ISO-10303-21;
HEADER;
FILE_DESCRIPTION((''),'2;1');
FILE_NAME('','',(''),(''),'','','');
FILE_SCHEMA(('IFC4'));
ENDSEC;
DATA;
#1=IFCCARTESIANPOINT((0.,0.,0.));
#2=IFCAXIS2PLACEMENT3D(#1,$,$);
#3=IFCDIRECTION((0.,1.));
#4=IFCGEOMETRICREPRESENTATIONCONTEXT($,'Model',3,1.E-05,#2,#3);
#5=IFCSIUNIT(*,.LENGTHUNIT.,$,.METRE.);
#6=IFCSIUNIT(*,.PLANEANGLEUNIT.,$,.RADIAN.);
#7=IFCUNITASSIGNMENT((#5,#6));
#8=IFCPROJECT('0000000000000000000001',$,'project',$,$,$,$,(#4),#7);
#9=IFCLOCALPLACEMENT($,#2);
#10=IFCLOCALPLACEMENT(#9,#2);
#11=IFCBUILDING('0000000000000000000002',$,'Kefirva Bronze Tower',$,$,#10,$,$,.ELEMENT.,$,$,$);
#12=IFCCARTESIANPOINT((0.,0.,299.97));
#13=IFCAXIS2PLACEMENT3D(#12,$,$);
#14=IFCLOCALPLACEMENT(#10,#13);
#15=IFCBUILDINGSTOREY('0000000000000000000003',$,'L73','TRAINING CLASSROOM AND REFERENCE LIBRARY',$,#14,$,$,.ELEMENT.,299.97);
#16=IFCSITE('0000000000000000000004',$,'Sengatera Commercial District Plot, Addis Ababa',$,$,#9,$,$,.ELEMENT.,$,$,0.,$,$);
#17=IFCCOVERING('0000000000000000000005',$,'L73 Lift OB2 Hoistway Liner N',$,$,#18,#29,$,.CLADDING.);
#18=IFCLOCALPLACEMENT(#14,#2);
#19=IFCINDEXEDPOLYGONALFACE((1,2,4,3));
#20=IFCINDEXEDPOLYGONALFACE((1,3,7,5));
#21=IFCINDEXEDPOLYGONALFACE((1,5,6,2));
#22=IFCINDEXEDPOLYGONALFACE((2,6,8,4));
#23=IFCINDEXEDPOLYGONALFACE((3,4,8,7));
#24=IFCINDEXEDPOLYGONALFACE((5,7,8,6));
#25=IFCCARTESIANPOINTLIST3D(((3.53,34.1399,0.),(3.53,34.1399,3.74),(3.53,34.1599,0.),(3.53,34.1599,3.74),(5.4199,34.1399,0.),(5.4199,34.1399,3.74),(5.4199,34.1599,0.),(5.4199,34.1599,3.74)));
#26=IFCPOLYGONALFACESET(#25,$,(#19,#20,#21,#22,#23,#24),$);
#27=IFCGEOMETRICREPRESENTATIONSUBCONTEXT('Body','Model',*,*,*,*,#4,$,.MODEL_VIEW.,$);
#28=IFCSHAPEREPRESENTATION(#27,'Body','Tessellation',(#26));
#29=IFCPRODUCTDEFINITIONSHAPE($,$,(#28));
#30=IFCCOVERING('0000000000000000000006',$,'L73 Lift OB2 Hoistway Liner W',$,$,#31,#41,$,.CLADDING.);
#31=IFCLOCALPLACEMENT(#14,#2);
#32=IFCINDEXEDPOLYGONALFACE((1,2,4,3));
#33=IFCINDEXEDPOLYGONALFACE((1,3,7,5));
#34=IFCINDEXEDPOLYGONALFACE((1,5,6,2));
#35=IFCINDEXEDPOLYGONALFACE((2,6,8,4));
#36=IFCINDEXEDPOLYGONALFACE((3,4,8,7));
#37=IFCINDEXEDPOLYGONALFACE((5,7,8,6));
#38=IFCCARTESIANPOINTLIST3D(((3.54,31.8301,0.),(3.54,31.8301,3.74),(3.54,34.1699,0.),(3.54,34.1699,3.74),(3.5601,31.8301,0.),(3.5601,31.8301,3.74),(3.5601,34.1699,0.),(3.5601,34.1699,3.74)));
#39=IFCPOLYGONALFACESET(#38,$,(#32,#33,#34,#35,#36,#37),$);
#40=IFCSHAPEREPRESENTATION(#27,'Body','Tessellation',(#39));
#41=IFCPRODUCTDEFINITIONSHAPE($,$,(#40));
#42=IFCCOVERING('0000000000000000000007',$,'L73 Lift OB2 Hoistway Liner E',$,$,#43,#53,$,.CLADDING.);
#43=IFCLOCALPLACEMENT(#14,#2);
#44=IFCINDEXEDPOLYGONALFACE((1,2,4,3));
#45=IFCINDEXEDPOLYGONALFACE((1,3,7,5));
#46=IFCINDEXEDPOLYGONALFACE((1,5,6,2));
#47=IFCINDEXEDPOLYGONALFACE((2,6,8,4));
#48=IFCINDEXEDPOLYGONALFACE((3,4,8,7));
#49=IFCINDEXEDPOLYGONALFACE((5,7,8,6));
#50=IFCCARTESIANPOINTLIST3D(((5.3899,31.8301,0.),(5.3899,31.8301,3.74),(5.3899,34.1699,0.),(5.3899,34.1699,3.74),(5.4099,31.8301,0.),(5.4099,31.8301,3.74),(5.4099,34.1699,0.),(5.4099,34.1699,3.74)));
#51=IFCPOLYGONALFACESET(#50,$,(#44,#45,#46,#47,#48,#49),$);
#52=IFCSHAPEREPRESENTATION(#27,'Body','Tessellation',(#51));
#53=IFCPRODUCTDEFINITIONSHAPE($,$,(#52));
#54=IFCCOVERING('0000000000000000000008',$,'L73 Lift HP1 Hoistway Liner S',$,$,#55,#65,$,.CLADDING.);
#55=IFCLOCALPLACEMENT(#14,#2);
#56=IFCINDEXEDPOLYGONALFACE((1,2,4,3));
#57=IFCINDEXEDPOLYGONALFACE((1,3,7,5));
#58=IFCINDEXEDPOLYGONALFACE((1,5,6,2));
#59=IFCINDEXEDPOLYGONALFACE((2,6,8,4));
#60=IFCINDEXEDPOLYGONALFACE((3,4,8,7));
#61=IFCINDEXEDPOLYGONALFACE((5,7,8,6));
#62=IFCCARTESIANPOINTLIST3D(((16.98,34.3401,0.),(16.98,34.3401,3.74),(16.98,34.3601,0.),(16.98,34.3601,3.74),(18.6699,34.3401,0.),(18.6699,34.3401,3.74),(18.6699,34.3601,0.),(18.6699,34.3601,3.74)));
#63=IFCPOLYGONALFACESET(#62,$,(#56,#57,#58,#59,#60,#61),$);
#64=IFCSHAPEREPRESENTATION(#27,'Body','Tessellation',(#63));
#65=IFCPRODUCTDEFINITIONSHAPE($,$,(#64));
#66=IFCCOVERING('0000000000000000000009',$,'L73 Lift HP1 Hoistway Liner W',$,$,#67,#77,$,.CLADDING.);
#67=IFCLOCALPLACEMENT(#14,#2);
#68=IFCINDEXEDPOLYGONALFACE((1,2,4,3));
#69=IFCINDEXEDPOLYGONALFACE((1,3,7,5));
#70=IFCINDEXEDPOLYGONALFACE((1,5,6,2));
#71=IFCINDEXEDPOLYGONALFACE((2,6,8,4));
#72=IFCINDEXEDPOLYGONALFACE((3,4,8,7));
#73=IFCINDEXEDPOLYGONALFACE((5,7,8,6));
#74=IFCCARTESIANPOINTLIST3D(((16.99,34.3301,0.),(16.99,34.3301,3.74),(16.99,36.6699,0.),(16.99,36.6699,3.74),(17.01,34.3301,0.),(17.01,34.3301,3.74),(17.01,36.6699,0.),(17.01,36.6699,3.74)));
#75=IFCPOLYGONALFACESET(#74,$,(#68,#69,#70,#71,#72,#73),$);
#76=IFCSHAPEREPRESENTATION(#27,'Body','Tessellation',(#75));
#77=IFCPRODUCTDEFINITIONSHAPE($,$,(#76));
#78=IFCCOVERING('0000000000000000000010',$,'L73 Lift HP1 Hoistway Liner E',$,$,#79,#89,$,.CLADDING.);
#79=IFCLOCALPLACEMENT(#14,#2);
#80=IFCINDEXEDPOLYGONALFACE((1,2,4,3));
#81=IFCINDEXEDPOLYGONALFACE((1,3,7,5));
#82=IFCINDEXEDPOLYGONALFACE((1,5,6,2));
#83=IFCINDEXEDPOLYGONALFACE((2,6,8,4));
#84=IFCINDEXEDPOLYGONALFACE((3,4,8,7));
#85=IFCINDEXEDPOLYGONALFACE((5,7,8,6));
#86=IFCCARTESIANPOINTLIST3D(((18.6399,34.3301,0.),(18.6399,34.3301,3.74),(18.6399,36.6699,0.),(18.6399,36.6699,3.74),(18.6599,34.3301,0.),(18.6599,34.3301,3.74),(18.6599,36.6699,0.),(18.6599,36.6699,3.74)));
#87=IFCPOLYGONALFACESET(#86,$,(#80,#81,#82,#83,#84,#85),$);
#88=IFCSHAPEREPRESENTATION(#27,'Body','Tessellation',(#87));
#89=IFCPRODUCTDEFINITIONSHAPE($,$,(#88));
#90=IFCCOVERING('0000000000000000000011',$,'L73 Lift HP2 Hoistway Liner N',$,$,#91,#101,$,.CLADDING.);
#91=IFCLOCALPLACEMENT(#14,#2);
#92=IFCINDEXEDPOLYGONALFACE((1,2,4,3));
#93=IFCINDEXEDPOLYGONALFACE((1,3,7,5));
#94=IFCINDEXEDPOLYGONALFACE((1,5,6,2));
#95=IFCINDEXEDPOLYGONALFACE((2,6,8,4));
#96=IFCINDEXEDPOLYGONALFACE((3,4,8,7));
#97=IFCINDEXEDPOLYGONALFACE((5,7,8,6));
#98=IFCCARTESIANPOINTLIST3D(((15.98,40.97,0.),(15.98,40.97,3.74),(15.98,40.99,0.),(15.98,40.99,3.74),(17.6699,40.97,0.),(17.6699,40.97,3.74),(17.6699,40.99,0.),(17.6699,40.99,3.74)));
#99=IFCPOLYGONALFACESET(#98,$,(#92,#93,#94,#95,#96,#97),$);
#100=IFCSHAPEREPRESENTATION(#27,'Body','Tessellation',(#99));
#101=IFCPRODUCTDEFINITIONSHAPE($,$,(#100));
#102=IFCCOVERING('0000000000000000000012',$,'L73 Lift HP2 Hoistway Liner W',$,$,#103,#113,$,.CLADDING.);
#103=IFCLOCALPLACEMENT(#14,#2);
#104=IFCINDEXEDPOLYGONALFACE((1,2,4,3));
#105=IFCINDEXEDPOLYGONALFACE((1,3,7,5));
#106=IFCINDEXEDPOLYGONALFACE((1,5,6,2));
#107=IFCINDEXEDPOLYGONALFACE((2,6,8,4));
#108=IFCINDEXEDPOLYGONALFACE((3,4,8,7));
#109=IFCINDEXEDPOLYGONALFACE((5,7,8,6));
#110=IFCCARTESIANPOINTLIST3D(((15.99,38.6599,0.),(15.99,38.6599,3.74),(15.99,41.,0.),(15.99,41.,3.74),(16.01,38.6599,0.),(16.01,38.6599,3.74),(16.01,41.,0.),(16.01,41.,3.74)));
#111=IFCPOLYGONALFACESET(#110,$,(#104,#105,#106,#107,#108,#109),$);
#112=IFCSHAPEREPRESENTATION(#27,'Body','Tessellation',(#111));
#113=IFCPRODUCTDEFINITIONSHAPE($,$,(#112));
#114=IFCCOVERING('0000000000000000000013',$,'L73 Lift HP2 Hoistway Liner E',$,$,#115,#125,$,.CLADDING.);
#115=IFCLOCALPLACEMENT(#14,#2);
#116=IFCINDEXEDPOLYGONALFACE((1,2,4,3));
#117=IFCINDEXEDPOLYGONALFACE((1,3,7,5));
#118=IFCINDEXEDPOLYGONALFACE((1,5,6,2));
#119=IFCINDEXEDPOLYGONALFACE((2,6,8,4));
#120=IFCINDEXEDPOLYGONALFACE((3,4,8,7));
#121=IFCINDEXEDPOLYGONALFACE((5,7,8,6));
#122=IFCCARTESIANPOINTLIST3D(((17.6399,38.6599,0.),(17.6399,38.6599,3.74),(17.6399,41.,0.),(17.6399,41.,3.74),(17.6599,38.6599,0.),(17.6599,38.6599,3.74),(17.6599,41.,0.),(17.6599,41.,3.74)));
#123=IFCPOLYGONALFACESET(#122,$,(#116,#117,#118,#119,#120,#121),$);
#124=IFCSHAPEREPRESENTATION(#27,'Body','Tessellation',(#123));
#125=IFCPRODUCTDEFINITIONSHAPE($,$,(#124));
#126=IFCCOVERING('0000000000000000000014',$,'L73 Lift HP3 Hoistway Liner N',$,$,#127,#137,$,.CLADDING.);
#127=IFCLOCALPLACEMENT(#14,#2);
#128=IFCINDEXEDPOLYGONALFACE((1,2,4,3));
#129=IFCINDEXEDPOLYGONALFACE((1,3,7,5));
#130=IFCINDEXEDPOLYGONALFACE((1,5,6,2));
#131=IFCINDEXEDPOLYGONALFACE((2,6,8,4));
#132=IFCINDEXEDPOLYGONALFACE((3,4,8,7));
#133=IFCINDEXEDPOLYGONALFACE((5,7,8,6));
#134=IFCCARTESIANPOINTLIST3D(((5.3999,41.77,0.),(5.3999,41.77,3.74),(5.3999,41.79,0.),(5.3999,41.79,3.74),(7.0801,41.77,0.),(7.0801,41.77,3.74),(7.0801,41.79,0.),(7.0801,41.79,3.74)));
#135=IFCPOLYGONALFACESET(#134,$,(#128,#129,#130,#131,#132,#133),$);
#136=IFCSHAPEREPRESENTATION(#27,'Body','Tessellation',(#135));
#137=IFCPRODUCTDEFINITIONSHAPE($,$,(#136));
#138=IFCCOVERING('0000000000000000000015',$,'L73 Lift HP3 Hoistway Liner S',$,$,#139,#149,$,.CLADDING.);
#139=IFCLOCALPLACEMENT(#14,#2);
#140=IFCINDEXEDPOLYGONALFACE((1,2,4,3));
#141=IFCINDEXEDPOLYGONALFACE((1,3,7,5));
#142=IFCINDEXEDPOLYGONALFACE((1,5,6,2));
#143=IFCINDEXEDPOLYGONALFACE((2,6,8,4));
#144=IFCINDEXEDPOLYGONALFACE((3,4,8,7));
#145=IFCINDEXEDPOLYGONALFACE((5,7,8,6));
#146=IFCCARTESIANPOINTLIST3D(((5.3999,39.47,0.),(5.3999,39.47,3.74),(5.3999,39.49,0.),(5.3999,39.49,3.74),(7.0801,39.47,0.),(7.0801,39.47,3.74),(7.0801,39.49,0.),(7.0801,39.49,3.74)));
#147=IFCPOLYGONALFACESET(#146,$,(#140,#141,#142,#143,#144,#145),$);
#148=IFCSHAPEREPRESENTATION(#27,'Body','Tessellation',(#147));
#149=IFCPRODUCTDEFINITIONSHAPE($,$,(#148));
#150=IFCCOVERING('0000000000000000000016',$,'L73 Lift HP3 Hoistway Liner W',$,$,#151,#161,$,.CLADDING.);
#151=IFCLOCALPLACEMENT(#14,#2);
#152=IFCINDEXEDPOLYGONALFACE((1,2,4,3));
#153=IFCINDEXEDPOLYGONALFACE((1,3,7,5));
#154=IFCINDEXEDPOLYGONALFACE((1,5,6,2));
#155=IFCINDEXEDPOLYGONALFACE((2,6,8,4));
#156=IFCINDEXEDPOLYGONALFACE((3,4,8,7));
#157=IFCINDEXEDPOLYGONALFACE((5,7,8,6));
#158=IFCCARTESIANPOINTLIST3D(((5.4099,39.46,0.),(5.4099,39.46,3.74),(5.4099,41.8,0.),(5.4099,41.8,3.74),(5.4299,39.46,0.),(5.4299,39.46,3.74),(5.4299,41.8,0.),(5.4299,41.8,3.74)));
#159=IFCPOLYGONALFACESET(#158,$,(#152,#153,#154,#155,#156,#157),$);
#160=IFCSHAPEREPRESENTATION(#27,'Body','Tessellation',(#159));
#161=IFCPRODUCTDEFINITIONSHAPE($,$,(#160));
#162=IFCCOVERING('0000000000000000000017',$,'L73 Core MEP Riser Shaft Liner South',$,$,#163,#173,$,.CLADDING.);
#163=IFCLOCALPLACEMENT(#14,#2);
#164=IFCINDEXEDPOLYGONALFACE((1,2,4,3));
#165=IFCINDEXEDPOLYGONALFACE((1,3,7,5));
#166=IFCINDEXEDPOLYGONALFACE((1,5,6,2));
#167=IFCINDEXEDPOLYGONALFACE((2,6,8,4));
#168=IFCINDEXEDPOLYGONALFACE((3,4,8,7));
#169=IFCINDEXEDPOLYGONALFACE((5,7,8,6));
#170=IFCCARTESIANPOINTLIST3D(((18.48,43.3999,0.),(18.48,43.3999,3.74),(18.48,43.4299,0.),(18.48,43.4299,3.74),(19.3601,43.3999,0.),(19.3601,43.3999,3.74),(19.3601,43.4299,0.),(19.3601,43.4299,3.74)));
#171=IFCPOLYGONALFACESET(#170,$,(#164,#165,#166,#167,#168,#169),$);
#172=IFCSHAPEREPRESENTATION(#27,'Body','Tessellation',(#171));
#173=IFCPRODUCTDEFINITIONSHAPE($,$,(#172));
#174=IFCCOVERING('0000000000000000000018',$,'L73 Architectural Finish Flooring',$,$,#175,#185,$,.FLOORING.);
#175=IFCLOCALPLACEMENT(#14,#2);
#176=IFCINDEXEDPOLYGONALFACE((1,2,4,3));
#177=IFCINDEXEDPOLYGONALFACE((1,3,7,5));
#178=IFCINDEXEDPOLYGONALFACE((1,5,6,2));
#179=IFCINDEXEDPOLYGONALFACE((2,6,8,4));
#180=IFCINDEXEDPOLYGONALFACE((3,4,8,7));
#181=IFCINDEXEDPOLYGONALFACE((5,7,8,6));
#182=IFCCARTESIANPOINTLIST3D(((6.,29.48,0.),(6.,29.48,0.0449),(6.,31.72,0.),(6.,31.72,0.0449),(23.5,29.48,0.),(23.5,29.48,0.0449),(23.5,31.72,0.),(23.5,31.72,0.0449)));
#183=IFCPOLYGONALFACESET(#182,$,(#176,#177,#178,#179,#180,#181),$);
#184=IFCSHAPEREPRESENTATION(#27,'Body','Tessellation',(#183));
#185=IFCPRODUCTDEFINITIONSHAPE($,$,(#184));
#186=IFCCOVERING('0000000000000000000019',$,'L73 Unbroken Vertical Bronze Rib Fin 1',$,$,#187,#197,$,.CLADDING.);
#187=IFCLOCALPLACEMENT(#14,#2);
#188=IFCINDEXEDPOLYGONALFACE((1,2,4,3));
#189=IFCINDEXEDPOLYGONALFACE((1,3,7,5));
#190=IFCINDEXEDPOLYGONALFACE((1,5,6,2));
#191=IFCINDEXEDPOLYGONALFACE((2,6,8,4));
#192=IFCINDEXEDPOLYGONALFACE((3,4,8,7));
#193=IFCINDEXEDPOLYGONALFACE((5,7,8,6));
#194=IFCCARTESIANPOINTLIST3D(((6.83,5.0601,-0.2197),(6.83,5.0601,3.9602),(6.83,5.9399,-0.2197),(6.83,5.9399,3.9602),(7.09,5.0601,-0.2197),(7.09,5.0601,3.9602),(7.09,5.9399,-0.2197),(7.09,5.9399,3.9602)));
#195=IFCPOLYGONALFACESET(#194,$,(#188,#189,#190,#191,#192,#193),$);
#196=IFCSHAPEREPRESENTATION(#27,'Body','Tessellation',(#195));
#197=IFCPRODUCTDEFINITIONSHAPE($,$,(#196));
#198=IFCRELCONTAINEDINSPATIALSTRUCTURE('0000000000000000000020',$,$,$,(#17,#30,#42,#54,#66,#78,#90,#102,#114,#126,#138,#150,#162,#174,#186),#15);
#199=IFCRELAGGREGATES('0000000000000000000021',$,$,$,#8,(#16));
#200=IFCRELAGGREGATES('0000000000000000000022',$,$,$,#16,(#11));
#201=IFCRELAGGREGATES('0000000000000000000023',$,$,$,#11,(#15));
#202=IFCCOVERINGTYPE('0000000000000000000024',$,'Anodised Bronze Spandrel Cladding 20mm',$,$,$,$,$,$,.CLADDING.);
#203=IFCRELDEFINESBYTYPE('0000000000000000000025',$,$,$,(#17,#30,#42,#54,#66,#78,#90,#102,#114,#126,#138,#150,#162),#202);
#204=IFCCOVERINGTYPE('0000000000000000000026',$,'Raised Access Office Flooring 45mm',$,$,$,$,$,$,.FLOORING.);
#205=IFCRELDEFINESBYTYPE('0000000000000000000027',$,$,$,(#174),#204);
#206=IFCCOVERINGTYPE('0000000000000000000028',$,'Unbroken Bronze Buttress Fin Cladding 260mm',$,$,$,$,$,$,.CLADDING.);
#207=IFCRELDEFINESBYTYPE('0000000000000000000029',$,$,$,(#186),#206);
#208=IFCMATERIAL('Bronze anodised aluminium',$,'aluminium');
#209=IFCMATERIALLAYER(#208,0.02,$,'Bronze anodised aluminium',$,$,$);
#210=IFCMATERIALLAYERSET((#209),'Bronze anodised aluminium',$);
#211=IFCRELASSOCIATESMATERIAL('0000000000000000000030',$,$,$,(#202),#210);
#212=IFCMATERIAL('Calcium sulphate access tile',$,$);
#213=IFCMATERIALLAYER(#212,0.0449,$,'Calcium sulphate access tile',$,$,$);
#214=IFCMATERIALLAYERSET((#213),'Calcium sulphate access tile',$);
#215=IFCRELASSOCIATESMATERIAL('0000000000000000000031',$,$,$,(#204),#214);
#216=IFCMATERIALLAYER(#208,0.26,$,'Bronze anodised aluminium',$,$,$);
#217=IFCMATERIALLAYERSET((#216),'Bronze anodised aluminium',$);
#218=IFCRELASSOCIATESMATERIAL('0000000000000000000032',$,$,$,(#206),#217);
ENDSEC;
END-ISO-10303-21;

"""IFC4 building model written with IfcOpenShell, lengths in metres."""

from ifc_helpers import new_model, si_unit, direction, frame, origin, origin_2d, place, context, subcontext, project, spatial, polyline, rectangle, outline, extrude, material, layer, layer_set, type_object, element, save


model = new_model("IFC4")

# Units and contexts
model_context = context("Model", 3, precision=1e-05, world=origin(), true_north=direction((0.0, 1.0)))
body_context = subcontext(model_context, "Body", "Model", "MODEL_VIEW")
ifc_project = project(units=[si_unit("LENGTHUNIT", "METRE"), si_unit("PLANEANGLEUNIT", "RADIAN")], contexts=[model_context])

# Site, building, storey
site_placement = place(None, origin())
site = spatial("IfcSite", under=ifc_project, at=site_placement, Name="Sengatera Commercial District Plot, Addis Ababa", CompositionType="ELEMENT", RefElevation=0.0)
building_placement = place(site_placement, origin())
building = spatial("IfcBuilding", under=site, at=building_placement, Name="Kefirva Bronze Tower", CompositionType="ELEMENT")
storey_placement = place(building_placement, frame((0.0, 0.0, 299.97)))
storey = spatial("IfcBuildingStorey", under=building, at=storey_placement, Name="L73", Description="TRAINING CLASSROOM AND REFERENCE LIBRARY", CompositionType="ELEMENT", Elevation=299.97)

# Shared definitions
ifc_material_1 = material(Name="Bronze anodised aluminium", Category="aluminium")

# Coverings
ifc_layer_1 = layer(ifc_material_1, 0.02, Name="Bronze anodised aluminium")
ifc_layer_set_1 = layer_set([ifc_layer_1], Name="Bronze anodised aluminium")
covering_type_1 = type_object("IfcCoveringType", Name="Anodised Bronze Spandrel Cladding 20mm", PredefinedType="CLADDING", material=ifc_layer_set_1)
covering_1_placement = place(storey_placement, origin())
element("IfcCovering", 1, at=covering_1_placement, inside=storey, type_object=covering_type_1, Name="L73 Lift OB2 Hoistway Liner N", PredefinedType="CLADDING", context=body_context, shape_type="SweptSolid", body=[
    extrude(outline(polyline([(3.53, 34.1399), (5.4199, 34.1399), (5.4199, 34.1599), (3.53, 34.1599), (3.53, 34.1399)])), origin(), (0.0, 0.0, 1.0), 3.74),
])
covering_2_placement = place(storey_placement, origin())
element("IfcCovering", 2, at=covering_2_placement, inside=storey, type_object=covering_type_1, Name="L73 Lift OB2 Hoistway Liner W", PredefinedType="CLADDING", context=body_context, shape_type="SweptSolid", body=[
    extrude(outline(polyline([(3.54, 31.8301), (3.5601, 31.8301), (3.5601, 34.1699), (3.54, 34.1699), (3.54, 31.8301)])), origin(), (0.0, 0.0, 1.0), 3.74),
])
covering_3_placement = place(storey_placement, origin())
element("IfcCovering", 3, at=covering_3_placement, inside=storey, type_object=covering_type_1, Name="L73 Lift OB2 Hoistway Liner E", PredefinedType="CLADDING", context=body_context, shape_type="SweptSolid", body=[
    extrude(outline(polyline([(5.3899, 31.8301), (5.4099, 31.8301), (5.4099, 34.1699), (5.3899, 34.1699), (5.3899, 31.8301)])), origin(), (0.0, 0.0, 1.0), 3.74),
])
covering_4_placement = place(storey_placement, origin())
element("IfcCovering", 4, at=covering_4_placement, inside=storey, type_object=covering_type_1, Name="L73 Lift HP1 Hoistway Liner S", PredefinedType="CLADDING", context=body_context, shape_type="SweptSolid", body=[
    extrude(outline(polyline([(16.98, 34.3401), (18.6699, 34.3401), (18.6699, 34.3601), (16.98, 34.3601), (16.98, 34.3401)])), origin(), (0.0, 0.0, 1.0), 3.74),
])
covering_5_placement = place(storey_placement, origin())
element("IfcCovering", 5, at=covering_5_placement, inside=storey, type_object=covering_type_1, Name="L73 Lift HP1 Hoistway Liner W", PredefinedType="CLADDING", context=body_context, shape_type="SweptSolid", body=[
    extrude(outline(polyline([(16.99, 34.3301), (17.01, 34.3301), (17.01, 36.6699), (16.99, 36.6699), (16.99, 34.3301)])), origin(), (0.0, 0.0, 1.0), 3.74),
])
covering_6_placement = place(storey_placement, origin())
element("IfcCovering", 6, at=covering_6_placement, inside=storey, type_object=covering_type_1, Name="L73 Lift HP1 Hoistway Liner E", PredefinedType="CLADDING", context=body_context, shape_type="SweptSolid", body=[
    extrude(outline(polyline([(18.6399, 34.3301), (18.6599, 34.3301), (18.6599, 36.6699), (18.6399, 36.6699), (18.6399, 34.3301)])), origin(), (0.0, 0.0, 1.0), 3.74),
])
covering_7_placement = place(storey_placement, origin())
element("IfcCovering", 7, at=covering_7_placement, inside=storey, type_object=covering_type_1, Name="L73 Lift HP2 Hoistway Liner N", PredefinedType="CLADDING", context=body_context, shape_type="SweptSolid", body=[
    extrude(outline(polyline([(15.98, 40.97), (17.6699, 40.97), (17.6699, 40.99), (15.98, 40.99), (15.98, 40.97)])), origin(), (0.0, 0.0, 1.0), 3.74),
])
covering_8_placement = place(storey_placement, origin())
element("IfcCovering", 8, at=covering_8_placement, inside=storey, type_object=covering_type_1, Name="L73 Lift HP2 Hoistway Liner W", PredefinedType="CLADDING", context=body_context, shape_type="SweptSolid", body=[
    extrude(outline(polyline([(15.99, 38.6599), (16.01, 38.6599), (16.01, 41.0), (15.99, 41.0), (15.99, 38.6599)])), origin(), (0.0, 0.0, 1.0), 3.74),
])
covering_9_placement = place(storey_placement, origin())
element("IfcCovering", 9, at=covering_9_placement, inside=storey, type_object=covering_type_1, Name="L73 Lift HP2 Hoistway Liner E", PredefinedType="CLADDING", context=body_context, shape_type="SweptSolid", body=[
    extrude(outline(polyline([(17.6399, 38.6599), (17.6599, 38.6599), (17.6599, 41.0), (17.6399, 41.0), (17.6399, 38.6599)])), origin(), (0.0, 0.0, 1.0), 3.74),
])
covering_10_placement = place(storey_placement, origin())
element("IfcCovering", 10, at=covering_10_placement, inside=storey, type_object=covering_type_1, Name="L73 Lift HP3 Hoistway Liner N", PredefinedType="CLADDING", context=body_context, shape_type="SweptSolid", body=[
    extrude(outline(polyline([(5.3999, 41.77), (7.0801, 41.77), (7.0801, 41.79), (5.3999, 41.79), (5.3999, 41.77)])), origin(), (0.0, 0.0, 1.0), 3.74),
])
covering_11_placement = place(storey_placement, origin())
element("IfcCovering", 11, at=covering_11_placement, inside=storey, type_object=covering_type_1, Name="L73 Lift HP3 Hoistway Liner S", PredefinedType="CLADDING", context=body_context, shape_type="SweptSolid", body=[
    extrude(outline(polyline([(5.3999, 39.47), (7.0801, 39.47), (7.0801, 39.49), (5.3999, 39.49), (5.3999, 39.47)])), origin(), (0.0, 0.0, 1.0), 3.74),
])
covering_12_placement = place(storey_placement, origin())
element("IfcCovering", 12, at=covering_12_placement, inside=storey, type_object=covering_type_1, Name="L73 Lift HP3 Hoistway Liner W", PredefinedType="CLADDING", context=body_context, shape_type="SweptSolid", body=[
    extrude(outline(polyline([(5.4099, 39.46), (5.4299, 39.46), (5.4299, 41.8), (5.4099, 41.8), (5.4099, 39.46)])), origin(), (0.0, 0.0, 1.0), 3.74),
])
covering_13_placement = place(storey_placement, origin())
element("IfcCovering", 13, at=covering_13_placement, inside=storey, type_object=covering_type_1, Name="L73 Core MEP Riser Shaft Liner South", PredefinedType="CLADDING", context=body_context, shape_type="SweptSolid", body=[
    extrude(outline(polyline([(18.48, 43.3999), (19.3601, 43.3999), (19.3601, 43.4299), (18.48, 43.4299), (18.48, 43.3999)])), origin(), (0.0, 0.0, 1.0), 3.74),
])
ifc_material_2 = material(Name="Calcium sulphate access tile")
ifc_layer_2 = layer(ifc_material_2, 0.0449, Name="Calcium sulphate access tile")
ifc_layer_set_2 = layer_set([ifc_layer_2], Name="Calcium sulphate access tile")
covering_type_2 = type_object("IfcCoveringType", Name="Raised Access Office Flooring 45mm", PredefinedType="FLOORING", material=ifc_layer_set_2)
covering_14_placement = place(storey_placement, origin())
element("IfcCovering", 14, at=covering_14_placement, inside=storey, type_object=covering_type_2, Name="L73 Architectural Finish Flooring", PredefinedType="FLOORING", context=body_context, shape_type="SweptSolid", body=[
    extrude(outline(polyline([(6.0, 29.48), (23.5, 29.48), (23.5, 31.72), (6.0, 31.72), (6.0, 29.48)])), origin(), (0.0, 0.0, 1.0), 0.0449),
])
ifc_layer_3 = layer(ifc_material_1, 0.26, Name="Bronze anodised aluminium")
ifc_layer_set_3 = layer_set([ifc_layer_3], Name="Bronze anodised aluminium")
covering_type_3 = type_object("IfcCoveringType", Name="Unbroken Bronze Buttress Fin Cladding 260mm", PredefinedType="CLADDING", material=ifc_layer_set_3)
covering_15_placement = place(storey_placement, frame((6.96, 5.5, -0.2197), z_axis=(0.0, 0.0, 1.0), x_axis=(1.0, 0.0, 0.0)))
element("IfcCovering", 15, at=covering_15_placement, inside=storey, type_object=covering_type_3, Name="L73 Unbroken Vertical Bronze Rib Fin 1", PredefinedType="CLADDING", context=body_context, shape_type="SweptSolid", body=[
    extrude(rectangle(XDim=0.26, YDim=0.8799, at=origin_2d()), origin(), (0.0, 0.0, 1.0), 4.1799),
])

save(model, "model.ifc")
